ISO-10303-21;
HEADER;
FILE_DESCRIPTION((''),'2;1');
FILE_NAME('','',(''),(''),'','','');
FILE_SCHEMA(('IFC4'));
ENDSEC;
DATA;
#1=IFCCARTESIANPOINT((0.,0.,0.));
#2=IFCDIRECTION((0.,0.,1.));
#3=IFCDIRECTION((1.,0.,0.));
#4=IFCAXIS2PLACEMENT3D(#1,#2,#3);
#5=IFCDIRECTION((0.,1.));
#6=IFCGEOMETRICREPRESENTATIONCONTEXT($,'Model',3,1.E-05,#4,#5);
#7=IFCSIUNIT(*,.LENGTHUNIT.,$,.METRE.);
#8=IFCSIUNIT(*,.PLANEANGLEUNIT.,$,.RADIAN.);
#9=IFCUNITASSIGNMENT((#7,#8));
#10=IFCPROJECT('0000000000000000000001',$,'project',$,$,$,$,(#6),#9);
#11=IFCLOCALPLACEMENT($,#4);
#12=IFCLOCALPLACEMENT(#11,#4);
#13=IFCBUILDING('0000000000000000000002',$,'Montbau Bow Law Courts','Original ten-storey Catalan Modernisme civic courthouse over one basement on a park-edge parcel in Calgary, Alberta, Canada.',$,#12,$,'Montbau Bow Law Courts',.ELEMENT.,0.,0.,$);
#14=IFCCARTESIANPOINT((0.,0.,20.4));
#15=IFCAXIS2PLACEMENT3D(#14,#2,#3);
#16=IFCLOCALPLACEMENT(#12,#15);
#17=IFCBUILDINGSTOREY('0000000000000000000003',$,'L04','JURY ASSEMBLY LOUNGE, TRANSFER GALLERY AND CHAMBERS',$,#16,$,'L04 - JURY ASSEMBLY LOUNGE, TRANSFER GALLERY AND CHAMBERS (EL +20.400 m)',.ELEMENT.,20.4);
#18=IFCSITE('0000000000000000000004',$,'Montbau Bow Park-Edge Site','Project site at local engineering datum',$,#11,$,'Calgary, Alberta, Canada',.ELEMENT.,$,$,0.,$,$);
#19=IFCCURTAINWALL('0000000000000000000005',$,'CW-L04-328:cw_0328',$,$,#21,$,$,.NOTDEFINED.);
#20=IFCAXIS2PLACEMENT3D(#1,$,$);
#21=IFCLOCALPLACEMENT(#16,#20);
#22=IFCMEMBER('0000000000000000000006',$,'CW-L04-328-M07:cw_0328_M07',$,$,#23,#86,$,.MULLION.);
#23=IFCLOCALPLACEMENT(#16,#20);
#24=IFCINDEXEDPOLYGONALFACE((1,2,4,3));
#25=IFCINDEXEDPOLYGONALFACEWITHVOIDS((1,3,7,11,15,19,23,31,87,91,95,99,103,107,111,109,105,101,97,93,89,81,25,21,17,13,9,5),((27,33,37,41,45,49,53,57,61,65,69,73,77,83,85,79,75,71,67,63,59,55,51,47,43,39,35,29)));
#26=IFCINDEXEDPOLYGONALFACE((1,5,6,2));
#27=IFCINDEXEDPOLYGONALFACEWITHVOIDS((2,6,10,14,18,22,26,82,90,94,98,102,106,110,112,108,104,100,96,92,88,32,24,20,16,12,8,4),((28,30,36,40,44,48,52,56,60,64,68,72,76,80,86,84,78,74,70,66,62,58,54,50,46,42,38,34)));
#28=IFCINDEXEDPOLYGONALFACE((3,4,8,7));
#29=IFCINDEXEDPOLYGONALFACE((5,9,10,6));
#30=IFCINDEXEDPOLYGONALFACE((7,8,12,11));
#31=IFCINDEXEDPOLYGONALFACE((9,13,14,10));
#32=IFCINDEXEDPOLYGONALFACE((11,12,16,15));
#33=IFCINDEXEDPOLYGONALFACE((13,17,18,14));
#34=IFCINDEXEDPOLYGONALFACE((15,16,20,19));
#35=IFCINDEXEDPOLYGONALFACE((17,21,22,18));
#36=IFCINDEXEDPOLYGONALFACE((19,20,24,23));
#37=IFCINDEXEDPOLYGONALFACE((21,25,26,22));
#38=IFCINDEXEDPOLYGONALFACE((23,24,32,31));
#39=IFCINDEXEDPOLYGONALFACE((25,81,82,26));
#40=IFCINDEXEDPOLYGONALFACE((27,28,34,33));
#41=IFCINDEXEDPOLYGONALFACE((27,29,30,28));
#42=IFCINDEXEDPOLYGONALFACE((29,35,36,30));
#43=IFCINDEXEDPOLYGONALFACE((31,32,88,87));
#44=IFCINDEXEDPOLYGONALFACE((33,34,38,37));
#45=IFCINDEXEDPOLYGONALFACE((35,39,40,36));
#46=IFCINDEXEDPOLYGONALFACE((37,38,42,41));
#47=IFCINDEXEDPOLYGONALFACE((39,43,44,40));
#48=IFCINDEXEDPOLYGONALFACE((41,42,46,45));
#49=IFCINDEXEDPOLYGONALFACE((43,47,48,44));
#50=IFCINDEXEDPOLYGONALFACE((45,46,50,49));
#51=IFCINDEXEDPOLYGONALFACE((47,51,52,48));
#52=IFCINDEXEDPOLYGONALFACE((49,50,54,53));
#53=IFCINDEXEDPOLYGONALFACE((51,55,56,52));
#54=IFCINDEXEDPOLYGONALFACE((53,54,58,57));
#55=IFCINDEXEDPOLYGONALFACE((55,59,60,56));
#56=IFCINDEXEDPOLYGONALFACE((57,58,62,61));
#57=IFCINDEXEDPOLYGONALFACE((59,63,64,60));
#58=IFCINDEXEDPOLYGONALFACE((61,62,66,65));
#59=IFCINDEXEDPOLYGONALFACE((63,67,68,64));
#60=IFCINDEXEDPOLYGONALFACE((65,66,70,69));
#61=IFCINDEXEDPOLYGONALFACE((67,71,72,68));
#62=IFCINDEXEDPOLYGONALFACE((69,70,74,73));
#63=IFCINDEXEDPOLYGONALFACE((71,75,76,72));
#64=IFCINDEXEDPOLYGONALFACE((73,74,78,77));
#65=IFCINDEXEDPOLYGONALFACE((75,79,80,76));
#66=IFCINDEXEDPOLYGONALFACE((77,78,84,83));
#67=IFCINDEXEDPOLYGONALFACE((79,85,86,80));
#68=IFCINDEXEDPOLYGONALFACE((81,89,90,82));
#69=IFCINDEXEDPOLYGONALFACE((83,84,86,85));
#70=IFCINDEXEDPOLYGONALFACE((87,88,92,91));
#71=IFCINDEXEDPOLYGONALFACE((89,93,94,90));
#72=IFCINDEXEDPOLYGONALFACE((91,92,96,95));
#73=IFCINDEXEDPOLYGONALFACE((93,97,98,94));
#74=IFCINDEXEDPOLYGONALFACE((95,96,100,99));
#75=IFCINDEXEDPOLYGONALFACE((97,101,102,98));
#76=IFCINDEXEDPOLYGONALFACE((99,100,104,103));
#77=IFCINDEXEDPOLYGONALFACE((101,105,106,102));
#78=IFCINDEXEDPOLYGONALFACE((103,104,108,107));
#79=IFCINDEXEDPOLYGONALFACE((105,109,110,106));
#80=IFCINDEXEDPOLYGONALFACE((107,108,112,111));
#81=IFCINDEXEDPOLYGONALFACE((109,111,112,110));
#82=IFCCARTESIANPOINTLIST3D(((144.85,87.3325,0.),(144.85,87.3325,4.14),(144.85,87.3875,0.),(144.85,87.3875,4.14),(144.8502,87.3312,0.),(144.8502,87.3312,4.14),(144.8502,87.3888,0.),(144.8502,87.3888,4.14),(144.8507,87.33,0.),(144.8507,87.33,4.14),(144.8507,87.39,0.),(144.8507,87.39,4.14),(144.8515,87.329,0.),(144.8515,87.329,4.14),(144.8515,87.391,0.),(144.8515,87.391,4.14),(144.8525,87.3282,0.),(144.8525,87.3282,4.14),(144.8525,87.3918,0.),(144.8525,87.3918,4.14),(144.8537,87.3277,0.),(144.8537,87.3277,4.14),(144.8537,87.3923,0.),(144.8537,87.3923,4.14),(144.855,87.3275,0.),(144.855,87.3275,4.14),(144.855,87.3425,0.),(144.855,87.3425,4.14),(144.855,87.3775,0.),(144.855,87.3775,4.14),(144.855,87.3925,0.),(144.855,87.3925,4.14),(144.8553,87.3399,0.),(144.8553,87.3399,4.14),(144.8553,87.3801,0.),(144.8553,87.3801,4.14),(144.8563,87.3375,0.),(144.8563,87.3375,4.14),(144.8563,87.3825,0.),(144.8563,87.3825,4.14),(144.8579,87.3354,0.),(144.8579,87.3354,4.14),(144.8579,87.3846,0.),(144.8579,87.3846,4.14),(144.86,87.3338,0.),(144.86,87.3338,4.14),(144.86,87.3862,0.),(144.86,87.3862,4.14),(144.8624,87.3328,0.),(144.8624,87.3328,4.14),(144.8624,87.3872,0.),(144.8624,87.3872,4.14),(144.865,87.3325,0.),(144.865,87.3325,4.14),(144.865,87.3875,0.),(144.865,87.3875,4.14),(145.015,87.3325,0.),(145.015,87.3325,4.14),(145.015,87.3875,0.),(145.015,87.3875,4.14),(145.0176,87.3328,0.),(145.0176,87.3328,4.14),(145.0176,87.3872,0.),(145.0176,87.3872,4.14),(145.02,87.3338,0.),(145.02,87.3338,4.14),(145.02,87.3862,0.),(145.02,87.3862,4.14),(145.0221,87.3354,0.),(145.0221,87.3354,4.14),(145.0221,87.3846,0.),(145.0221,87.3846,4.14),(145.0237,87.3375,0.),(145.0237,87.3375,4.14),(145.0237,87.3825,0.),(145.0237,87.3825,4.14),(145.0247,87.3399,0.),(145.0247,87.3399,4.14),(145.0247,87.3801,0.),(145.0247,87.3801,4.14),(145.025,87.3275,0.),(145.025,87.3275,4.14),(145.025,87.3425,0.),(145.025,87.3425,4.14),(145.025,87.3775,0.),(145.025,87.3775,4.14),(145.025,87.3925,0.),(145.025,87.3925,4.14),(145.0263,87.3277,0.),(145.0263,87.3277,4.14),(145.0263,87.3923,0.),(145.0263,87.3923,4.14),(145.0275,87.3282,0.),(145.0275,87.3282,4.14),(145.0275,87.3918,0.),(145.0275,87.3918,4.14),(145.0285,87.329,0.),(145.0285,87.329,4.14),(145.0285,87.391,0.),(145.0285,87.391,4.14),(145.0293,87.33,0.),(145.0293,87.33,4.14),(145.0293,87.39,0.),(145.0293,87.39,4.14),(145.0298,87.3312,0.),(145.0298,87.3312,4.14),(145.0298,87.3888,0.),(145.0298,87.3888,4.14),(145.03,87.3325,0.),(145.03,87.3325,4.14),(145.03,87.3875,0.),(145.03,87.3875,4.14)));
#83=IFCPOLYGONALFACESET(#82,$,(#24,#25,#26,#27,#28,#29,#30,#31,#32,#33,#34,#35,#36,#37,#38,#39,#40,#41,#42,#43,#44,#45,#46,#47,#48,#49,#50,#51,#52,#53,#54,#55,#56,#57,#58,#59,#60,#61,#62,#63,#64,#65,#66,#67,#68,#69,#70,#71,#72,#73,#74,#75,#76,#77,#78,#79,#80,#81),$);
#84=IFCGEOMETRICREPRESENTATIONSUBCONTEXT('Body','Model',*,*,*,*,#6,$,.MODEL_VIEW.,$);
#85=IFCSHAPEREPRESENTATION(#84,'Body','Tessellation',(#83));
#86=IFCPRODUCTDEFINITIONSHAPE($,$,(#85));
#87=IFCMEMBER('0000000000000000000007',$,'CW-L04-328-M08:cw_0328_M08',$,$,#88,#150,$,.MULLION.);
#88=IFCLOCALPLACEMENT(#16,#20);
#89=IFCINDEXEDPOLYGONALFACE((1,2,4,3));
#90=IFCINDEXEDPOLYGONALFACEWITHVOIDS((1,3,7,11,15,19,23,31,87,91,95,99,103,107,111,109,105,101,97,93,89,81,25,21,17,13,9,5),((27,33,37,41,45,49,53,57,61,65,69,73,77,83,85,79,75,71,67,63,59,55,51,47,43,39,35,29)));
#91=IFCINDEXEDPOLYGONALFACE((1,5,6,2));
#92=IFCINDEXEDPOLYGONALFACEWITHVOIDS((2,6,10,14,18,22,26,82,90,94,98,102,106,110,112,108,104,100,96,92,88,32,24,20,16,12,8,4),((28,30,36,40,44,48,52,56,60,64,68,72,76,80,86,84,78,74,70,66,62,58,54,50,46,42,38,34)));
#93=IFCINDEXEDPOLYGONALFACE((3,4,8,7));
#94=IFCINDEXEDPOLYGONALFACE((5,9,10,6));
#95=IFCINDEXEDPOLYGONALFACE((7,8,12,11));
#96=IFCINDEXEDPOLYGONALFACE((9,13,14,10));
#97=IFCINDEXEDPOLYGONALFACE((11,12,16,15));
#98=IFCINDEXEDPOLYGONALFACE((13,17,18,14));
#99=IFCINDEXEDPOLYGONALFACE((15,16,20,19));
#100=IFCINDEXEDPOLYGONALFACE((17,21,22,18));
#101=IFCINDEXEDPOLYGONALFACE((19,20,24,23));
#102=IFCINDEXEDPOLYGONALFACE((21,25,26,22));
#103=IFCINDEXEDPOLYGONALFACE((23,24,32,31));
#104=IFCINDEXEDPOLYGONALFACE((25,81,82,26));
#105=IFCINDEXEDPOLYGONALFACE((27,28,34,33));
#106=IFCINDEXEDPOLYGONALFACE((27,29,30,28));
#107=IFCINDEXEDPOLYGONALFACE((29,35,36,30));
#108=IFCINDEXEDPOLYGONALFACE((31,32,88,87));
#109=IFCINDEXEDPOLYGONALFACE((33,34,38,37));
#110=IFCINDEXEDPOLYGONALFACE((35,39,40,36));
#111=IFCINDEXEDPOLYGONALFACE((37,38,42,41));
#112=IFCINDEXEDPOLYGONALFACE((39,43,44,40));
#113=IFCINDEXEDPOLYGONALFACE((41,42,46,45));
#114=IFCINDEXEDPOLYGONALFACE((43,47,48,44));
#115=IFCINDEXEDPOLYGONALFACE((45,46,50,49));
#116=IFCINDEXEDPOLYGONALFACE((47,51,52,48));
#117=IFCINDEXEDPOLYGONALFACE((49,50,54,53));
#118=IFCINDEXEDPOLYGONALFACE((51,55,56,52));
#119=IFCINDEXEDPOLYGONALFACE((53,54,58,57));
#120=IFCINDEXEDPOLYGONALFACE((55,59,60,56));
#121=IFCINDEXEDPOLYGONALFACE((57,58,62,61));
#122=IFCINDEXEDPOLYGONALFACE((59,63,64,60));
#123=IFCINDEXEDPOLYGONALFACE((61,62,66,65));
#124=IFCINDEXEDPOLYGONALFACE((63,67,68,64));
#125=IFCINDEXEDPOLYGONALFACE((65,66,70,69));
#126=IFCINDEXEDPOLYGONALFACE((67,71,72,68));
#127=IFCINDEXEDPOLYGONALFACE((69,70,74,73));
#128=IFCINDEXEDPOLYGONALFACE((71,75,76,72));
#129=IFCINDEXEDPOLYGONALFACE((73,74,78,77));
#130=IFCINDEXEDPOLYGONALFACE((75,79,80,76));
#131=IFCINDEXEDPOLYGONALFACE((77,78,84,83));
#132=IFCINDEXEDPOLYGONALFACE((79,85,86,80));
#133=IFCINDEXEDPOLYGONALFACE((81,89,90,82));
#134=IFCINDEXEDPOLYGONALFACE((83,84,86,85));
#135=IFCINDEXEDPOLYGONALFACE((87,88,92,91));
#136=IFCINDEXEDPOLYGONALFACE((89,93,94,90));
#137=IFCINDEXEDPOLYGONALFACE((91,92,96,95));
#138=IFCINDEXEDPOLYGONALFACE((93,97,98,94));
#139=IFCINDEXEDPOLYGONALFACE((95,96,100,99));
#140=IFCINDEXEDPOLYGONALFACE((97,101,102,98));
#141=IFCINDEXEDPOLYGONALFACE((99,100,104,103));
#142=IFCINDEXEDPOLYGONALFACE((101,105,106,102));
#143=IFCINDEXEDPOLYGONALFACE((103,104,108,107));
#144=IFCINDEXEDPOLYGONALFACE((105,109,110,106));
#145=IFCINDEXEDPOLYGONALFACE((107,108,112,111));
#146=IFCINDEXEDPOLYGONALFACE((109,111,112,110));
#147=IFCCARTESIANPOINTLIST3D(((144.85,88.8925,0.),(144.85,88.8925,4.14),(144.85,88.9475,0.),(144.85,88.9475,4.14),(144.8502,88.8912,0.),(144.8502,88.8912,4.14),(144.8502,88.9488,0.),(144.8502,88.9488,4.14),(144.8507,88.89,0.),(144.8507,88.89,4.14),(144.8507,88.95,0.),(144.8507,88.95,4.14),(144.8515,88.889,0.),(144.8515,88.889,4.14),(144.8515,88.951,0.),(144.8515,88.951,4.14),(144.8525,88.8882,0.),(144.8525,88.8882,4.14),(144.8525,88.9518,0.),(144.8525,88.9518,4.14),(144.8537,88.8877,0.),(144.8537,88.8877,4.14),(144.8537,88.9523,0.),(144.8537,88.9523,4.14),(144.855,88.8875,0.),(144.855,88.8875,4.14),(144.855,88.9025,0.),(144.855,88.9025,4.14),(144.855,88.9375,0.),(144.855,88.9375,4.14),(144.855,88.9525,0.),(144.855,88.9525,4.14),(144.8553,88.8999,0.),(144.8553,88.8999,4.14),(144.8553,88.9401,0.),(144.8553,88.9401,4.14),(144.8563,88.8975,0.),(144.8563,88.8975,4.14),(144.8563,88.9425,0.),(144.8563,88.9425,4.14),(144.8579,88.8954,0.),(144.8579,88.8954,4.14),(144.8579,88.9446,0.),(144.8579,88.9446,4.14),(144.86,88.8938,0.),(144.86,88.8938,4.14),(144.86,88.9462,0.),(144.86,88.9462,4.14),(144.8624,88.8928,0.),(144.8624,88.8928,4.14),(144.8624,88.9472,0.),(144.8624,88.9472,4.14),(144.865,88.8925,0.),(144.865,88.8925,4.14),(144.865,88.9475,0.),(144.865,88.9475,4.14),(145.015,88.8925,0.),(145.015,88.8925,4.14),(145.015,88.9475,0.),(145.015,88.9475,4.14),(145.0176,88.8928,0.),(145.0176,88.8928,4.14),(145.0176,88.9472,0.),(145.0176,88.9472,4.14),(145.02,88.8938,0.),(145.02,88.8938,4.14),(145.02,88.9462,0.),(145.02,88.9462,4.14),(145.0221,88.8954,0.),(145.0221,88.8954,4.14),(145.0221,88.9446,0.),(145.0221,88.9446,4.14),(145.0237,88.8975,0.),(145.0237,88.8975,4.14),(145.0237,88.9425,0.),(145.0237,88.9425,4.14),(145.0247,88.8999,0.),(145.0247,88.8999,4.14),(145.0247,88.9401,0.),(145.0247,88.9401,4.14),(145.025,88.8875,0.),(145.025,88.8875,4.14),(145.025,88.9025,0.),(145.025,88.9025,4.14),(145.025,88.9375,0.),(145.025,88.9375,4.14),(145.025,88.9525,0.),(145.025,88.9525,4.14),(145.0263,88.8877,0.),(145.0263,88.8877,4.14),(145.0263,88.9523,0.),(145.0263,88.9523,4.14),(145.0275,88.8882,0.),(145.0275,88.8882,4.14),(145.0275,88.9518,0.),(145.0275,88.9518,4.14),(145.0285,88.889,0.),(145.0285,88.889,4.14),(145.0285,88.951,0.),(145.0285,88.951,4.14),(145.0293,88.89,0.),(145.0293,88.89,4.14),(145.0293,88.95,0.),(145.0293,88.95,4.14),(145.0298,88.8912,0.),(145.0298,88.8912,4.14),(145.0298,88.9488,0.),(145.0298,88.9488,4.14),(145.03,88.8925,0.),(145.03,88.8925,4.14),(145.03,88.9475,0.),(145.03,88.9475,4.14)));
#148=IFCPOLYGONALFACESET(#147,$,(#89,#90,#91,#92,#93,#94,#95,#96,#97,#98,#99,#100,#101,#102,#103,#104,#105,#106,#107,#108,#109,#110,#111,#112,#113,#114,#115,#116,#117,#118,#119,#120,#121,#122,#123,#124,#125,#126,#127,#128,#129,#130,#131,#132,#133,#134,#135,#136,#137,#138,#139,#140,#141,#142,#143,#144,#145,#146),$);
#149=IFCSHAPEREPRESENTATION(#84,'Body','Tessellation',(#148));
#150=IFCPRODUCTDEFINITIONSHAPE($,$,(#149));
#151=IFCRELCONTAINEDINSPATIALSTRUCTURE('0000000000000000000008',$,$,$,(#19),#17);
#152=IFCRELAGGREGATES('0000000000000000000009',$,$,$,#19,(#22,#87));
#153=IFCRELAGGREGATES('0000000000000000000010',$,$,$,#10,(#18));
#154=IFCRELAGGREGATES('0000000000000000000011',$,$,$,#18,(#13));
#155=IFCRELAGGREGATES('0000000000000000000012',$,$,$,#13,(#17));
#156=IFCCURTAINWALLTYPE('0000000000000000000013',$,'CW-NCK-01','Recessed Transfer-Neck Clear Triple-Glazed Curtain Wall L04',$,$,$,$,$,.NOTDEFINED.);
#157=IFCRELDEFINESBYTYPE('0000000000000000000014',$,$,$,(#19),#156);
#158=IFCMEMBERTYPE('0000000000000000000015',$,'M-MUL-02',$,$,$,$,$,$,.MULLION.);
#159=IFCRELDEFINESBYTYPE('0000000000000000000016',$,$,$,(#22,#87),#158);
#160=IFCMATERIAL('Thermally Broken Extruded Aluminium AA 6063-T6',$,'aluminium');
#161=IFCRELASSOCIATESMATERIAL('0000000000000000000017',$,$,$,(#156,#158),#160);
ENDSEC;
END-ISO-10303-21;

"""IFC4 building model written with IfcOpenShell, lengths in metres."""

from ifc_helpers import new_model, si_unit, direction, frame, origin_with_axes, origin_2d_with_axis, place, context, subcontext, project, spatial, hollow_rectangle, extrude, material, material_profile, profile_set, type_object, element, aggregate, save


model = new_model("IFC4")

# Units and contexts
model_context = context("Model", 3, precision=1e-05, world=origin_with_axes(), true_north=direction((0.0, 1.0)))
body_context = subcontext(model_context, "Body", "Model", "MODEL_VIEW")
ifc_project = project(units=[si_unit("LENGTHUNIT", "METRE"), si_unit("PLANEANGLEUNIT", "RADIAN")], contexts=[model_context])

# Site, building, storey
site_placement = place(None, origin_with_axes())
site = spatial("IfcSite", under=ifc_project, at=site_placement, Name="Montbau Bow Park-Edge Site", Description="Project site at local engineering datum", LongName="Calgary, Alberta, Canada", CompositionType="ELEMENT", RefElevation=0.0)
building_placement = place(site_placement, origin_with_axes())
building = spatial("IfcBuilding", under=site, at=building_placement, Name="Montbau Bow Law Courts", Description="Original ten-storey Catalan Modernisme civic courthouse over one basement on a park-edge parcel in Calgary, Alberta, Canada.", LongName="Montbau Bow Law Courts", CompositionType="ELEMENT", ElevationOfRefHeight=0.0, ElevationOfTerrain=0.0)
storey_placement = place(building_placement, frame((0.0, 0.0, 20.4), z_axis=(0.0, 0.0, 1.0), x_axis=(1.0, 0.0, 0.0)))
storey = spatial("IfcBuildingStorey", under=building, at=storey_placement, Name="L04", Description="JURY ASSEMBLY LOUNGE, TRANSFER GALLERY AND CHAMBERS", LongName="L04 - JURY ASSEMBLY LOUNGE, TRANSFER GALLERY AND CHAMBERS (EL +20.400 m)", CompositionType="ELEMENT", Elevation=20.4)

# Curtain wall, members
ifc_material_1 = material(Name="Thermally Broken Extruded Aluminium AA 6063-T6", Category="aluminium")
curtain_wall_type = type_object("IfcCurtainWallType", Name="CW-NCK-01", Description="Recessed Transfer-Neck Clear Triple-Glazed Curtain Wall L04", PredefinedType="NOTDEFINED", material=ifc_material_1)
curtain_wall_placement = place(None, frame((144.94, 78.0, 20.4), z_axis=(0.0, 0.0, 1.0), x_axis=(1.0, 0.0, 0.0)))
curtain_wall = element("IfcCurtainWall", 1, at=curtain_wall_placement, inside=storey, type_object=curtain_wall_type, Name="CW-L04-328:cw_0328", PredefinedType="NOTDEFINED")
ifc_material_profile_1 = material_profile(ifc_material_1, hollow_rectangle(XDim=0.065, YDim=0.18, WallThickness=0.005, InnerFilletRadius=0.01, OuterFilletRadius=0.005, at=origin_2d_with_axis()), Name="CWM-180X65", Category="Main", Priority=0)
ifc_profile_set_1 = profile_set([ifc_material_profile_1], Name="Thermally Broken Extruded Aluminium AA 6063-T6")
member_type_1 = type_object("IfcMemberType", Name="M-MUL-02", PredefinedType="MULLION", material=ifc_profile_set_1)
member_1_placement = place(None, frame((144.94, 87.36, 20.4), z_axis=(0.0, 0.0, 1.0), x_axis=(0.0, 1.0, 0.0)))
member_1 = element("IfcMember", 2, at=member_1_placement, type_object=member_type_1, Name="CW-L04-328-M07:cw_0328_M07", PredefinedType="MULLION", context=body_context, shape_type="SweptSolid", body=[
    extrude(hollow_rectangle(XDim=0.065, YDim=0.18, WallThickness=0.005, InnerFilletRadius=0.01, OuterFilletRadius=0.005, at=origin_2d_with_axis()), origin_with_axes(), (0.0, 0.0, 1.0), 4.14),
])
member_2_placement = place(None, frame((144.94, 88.92, 20.4), z_axis=(0.0, 0.0, 1.0), x_axis=(0.0, 1.0, 0.0)))
member_2 = element("IfcMember", 3, at=member_2_placement, type_object=member_type_1, Name="CW-L04-328-M08:cw_0328_M08", PredefinedType="MULLION", context=body_context, shape_type="SweptSolid", body=[
    extrude(hollow_rectangle(XDim=0.065, YDim=0.18, WallThickness=0.005, InnerFilletRadius=0.01, OuterFilletRadius=0.005, at=origin_2d_with_axis()), origin_with_axes(), (0.0, 0.0, 1.0), 4.14),
])
aggregate(curtain_wall, [member_1, member_2])

save(model, "model.ifc")
